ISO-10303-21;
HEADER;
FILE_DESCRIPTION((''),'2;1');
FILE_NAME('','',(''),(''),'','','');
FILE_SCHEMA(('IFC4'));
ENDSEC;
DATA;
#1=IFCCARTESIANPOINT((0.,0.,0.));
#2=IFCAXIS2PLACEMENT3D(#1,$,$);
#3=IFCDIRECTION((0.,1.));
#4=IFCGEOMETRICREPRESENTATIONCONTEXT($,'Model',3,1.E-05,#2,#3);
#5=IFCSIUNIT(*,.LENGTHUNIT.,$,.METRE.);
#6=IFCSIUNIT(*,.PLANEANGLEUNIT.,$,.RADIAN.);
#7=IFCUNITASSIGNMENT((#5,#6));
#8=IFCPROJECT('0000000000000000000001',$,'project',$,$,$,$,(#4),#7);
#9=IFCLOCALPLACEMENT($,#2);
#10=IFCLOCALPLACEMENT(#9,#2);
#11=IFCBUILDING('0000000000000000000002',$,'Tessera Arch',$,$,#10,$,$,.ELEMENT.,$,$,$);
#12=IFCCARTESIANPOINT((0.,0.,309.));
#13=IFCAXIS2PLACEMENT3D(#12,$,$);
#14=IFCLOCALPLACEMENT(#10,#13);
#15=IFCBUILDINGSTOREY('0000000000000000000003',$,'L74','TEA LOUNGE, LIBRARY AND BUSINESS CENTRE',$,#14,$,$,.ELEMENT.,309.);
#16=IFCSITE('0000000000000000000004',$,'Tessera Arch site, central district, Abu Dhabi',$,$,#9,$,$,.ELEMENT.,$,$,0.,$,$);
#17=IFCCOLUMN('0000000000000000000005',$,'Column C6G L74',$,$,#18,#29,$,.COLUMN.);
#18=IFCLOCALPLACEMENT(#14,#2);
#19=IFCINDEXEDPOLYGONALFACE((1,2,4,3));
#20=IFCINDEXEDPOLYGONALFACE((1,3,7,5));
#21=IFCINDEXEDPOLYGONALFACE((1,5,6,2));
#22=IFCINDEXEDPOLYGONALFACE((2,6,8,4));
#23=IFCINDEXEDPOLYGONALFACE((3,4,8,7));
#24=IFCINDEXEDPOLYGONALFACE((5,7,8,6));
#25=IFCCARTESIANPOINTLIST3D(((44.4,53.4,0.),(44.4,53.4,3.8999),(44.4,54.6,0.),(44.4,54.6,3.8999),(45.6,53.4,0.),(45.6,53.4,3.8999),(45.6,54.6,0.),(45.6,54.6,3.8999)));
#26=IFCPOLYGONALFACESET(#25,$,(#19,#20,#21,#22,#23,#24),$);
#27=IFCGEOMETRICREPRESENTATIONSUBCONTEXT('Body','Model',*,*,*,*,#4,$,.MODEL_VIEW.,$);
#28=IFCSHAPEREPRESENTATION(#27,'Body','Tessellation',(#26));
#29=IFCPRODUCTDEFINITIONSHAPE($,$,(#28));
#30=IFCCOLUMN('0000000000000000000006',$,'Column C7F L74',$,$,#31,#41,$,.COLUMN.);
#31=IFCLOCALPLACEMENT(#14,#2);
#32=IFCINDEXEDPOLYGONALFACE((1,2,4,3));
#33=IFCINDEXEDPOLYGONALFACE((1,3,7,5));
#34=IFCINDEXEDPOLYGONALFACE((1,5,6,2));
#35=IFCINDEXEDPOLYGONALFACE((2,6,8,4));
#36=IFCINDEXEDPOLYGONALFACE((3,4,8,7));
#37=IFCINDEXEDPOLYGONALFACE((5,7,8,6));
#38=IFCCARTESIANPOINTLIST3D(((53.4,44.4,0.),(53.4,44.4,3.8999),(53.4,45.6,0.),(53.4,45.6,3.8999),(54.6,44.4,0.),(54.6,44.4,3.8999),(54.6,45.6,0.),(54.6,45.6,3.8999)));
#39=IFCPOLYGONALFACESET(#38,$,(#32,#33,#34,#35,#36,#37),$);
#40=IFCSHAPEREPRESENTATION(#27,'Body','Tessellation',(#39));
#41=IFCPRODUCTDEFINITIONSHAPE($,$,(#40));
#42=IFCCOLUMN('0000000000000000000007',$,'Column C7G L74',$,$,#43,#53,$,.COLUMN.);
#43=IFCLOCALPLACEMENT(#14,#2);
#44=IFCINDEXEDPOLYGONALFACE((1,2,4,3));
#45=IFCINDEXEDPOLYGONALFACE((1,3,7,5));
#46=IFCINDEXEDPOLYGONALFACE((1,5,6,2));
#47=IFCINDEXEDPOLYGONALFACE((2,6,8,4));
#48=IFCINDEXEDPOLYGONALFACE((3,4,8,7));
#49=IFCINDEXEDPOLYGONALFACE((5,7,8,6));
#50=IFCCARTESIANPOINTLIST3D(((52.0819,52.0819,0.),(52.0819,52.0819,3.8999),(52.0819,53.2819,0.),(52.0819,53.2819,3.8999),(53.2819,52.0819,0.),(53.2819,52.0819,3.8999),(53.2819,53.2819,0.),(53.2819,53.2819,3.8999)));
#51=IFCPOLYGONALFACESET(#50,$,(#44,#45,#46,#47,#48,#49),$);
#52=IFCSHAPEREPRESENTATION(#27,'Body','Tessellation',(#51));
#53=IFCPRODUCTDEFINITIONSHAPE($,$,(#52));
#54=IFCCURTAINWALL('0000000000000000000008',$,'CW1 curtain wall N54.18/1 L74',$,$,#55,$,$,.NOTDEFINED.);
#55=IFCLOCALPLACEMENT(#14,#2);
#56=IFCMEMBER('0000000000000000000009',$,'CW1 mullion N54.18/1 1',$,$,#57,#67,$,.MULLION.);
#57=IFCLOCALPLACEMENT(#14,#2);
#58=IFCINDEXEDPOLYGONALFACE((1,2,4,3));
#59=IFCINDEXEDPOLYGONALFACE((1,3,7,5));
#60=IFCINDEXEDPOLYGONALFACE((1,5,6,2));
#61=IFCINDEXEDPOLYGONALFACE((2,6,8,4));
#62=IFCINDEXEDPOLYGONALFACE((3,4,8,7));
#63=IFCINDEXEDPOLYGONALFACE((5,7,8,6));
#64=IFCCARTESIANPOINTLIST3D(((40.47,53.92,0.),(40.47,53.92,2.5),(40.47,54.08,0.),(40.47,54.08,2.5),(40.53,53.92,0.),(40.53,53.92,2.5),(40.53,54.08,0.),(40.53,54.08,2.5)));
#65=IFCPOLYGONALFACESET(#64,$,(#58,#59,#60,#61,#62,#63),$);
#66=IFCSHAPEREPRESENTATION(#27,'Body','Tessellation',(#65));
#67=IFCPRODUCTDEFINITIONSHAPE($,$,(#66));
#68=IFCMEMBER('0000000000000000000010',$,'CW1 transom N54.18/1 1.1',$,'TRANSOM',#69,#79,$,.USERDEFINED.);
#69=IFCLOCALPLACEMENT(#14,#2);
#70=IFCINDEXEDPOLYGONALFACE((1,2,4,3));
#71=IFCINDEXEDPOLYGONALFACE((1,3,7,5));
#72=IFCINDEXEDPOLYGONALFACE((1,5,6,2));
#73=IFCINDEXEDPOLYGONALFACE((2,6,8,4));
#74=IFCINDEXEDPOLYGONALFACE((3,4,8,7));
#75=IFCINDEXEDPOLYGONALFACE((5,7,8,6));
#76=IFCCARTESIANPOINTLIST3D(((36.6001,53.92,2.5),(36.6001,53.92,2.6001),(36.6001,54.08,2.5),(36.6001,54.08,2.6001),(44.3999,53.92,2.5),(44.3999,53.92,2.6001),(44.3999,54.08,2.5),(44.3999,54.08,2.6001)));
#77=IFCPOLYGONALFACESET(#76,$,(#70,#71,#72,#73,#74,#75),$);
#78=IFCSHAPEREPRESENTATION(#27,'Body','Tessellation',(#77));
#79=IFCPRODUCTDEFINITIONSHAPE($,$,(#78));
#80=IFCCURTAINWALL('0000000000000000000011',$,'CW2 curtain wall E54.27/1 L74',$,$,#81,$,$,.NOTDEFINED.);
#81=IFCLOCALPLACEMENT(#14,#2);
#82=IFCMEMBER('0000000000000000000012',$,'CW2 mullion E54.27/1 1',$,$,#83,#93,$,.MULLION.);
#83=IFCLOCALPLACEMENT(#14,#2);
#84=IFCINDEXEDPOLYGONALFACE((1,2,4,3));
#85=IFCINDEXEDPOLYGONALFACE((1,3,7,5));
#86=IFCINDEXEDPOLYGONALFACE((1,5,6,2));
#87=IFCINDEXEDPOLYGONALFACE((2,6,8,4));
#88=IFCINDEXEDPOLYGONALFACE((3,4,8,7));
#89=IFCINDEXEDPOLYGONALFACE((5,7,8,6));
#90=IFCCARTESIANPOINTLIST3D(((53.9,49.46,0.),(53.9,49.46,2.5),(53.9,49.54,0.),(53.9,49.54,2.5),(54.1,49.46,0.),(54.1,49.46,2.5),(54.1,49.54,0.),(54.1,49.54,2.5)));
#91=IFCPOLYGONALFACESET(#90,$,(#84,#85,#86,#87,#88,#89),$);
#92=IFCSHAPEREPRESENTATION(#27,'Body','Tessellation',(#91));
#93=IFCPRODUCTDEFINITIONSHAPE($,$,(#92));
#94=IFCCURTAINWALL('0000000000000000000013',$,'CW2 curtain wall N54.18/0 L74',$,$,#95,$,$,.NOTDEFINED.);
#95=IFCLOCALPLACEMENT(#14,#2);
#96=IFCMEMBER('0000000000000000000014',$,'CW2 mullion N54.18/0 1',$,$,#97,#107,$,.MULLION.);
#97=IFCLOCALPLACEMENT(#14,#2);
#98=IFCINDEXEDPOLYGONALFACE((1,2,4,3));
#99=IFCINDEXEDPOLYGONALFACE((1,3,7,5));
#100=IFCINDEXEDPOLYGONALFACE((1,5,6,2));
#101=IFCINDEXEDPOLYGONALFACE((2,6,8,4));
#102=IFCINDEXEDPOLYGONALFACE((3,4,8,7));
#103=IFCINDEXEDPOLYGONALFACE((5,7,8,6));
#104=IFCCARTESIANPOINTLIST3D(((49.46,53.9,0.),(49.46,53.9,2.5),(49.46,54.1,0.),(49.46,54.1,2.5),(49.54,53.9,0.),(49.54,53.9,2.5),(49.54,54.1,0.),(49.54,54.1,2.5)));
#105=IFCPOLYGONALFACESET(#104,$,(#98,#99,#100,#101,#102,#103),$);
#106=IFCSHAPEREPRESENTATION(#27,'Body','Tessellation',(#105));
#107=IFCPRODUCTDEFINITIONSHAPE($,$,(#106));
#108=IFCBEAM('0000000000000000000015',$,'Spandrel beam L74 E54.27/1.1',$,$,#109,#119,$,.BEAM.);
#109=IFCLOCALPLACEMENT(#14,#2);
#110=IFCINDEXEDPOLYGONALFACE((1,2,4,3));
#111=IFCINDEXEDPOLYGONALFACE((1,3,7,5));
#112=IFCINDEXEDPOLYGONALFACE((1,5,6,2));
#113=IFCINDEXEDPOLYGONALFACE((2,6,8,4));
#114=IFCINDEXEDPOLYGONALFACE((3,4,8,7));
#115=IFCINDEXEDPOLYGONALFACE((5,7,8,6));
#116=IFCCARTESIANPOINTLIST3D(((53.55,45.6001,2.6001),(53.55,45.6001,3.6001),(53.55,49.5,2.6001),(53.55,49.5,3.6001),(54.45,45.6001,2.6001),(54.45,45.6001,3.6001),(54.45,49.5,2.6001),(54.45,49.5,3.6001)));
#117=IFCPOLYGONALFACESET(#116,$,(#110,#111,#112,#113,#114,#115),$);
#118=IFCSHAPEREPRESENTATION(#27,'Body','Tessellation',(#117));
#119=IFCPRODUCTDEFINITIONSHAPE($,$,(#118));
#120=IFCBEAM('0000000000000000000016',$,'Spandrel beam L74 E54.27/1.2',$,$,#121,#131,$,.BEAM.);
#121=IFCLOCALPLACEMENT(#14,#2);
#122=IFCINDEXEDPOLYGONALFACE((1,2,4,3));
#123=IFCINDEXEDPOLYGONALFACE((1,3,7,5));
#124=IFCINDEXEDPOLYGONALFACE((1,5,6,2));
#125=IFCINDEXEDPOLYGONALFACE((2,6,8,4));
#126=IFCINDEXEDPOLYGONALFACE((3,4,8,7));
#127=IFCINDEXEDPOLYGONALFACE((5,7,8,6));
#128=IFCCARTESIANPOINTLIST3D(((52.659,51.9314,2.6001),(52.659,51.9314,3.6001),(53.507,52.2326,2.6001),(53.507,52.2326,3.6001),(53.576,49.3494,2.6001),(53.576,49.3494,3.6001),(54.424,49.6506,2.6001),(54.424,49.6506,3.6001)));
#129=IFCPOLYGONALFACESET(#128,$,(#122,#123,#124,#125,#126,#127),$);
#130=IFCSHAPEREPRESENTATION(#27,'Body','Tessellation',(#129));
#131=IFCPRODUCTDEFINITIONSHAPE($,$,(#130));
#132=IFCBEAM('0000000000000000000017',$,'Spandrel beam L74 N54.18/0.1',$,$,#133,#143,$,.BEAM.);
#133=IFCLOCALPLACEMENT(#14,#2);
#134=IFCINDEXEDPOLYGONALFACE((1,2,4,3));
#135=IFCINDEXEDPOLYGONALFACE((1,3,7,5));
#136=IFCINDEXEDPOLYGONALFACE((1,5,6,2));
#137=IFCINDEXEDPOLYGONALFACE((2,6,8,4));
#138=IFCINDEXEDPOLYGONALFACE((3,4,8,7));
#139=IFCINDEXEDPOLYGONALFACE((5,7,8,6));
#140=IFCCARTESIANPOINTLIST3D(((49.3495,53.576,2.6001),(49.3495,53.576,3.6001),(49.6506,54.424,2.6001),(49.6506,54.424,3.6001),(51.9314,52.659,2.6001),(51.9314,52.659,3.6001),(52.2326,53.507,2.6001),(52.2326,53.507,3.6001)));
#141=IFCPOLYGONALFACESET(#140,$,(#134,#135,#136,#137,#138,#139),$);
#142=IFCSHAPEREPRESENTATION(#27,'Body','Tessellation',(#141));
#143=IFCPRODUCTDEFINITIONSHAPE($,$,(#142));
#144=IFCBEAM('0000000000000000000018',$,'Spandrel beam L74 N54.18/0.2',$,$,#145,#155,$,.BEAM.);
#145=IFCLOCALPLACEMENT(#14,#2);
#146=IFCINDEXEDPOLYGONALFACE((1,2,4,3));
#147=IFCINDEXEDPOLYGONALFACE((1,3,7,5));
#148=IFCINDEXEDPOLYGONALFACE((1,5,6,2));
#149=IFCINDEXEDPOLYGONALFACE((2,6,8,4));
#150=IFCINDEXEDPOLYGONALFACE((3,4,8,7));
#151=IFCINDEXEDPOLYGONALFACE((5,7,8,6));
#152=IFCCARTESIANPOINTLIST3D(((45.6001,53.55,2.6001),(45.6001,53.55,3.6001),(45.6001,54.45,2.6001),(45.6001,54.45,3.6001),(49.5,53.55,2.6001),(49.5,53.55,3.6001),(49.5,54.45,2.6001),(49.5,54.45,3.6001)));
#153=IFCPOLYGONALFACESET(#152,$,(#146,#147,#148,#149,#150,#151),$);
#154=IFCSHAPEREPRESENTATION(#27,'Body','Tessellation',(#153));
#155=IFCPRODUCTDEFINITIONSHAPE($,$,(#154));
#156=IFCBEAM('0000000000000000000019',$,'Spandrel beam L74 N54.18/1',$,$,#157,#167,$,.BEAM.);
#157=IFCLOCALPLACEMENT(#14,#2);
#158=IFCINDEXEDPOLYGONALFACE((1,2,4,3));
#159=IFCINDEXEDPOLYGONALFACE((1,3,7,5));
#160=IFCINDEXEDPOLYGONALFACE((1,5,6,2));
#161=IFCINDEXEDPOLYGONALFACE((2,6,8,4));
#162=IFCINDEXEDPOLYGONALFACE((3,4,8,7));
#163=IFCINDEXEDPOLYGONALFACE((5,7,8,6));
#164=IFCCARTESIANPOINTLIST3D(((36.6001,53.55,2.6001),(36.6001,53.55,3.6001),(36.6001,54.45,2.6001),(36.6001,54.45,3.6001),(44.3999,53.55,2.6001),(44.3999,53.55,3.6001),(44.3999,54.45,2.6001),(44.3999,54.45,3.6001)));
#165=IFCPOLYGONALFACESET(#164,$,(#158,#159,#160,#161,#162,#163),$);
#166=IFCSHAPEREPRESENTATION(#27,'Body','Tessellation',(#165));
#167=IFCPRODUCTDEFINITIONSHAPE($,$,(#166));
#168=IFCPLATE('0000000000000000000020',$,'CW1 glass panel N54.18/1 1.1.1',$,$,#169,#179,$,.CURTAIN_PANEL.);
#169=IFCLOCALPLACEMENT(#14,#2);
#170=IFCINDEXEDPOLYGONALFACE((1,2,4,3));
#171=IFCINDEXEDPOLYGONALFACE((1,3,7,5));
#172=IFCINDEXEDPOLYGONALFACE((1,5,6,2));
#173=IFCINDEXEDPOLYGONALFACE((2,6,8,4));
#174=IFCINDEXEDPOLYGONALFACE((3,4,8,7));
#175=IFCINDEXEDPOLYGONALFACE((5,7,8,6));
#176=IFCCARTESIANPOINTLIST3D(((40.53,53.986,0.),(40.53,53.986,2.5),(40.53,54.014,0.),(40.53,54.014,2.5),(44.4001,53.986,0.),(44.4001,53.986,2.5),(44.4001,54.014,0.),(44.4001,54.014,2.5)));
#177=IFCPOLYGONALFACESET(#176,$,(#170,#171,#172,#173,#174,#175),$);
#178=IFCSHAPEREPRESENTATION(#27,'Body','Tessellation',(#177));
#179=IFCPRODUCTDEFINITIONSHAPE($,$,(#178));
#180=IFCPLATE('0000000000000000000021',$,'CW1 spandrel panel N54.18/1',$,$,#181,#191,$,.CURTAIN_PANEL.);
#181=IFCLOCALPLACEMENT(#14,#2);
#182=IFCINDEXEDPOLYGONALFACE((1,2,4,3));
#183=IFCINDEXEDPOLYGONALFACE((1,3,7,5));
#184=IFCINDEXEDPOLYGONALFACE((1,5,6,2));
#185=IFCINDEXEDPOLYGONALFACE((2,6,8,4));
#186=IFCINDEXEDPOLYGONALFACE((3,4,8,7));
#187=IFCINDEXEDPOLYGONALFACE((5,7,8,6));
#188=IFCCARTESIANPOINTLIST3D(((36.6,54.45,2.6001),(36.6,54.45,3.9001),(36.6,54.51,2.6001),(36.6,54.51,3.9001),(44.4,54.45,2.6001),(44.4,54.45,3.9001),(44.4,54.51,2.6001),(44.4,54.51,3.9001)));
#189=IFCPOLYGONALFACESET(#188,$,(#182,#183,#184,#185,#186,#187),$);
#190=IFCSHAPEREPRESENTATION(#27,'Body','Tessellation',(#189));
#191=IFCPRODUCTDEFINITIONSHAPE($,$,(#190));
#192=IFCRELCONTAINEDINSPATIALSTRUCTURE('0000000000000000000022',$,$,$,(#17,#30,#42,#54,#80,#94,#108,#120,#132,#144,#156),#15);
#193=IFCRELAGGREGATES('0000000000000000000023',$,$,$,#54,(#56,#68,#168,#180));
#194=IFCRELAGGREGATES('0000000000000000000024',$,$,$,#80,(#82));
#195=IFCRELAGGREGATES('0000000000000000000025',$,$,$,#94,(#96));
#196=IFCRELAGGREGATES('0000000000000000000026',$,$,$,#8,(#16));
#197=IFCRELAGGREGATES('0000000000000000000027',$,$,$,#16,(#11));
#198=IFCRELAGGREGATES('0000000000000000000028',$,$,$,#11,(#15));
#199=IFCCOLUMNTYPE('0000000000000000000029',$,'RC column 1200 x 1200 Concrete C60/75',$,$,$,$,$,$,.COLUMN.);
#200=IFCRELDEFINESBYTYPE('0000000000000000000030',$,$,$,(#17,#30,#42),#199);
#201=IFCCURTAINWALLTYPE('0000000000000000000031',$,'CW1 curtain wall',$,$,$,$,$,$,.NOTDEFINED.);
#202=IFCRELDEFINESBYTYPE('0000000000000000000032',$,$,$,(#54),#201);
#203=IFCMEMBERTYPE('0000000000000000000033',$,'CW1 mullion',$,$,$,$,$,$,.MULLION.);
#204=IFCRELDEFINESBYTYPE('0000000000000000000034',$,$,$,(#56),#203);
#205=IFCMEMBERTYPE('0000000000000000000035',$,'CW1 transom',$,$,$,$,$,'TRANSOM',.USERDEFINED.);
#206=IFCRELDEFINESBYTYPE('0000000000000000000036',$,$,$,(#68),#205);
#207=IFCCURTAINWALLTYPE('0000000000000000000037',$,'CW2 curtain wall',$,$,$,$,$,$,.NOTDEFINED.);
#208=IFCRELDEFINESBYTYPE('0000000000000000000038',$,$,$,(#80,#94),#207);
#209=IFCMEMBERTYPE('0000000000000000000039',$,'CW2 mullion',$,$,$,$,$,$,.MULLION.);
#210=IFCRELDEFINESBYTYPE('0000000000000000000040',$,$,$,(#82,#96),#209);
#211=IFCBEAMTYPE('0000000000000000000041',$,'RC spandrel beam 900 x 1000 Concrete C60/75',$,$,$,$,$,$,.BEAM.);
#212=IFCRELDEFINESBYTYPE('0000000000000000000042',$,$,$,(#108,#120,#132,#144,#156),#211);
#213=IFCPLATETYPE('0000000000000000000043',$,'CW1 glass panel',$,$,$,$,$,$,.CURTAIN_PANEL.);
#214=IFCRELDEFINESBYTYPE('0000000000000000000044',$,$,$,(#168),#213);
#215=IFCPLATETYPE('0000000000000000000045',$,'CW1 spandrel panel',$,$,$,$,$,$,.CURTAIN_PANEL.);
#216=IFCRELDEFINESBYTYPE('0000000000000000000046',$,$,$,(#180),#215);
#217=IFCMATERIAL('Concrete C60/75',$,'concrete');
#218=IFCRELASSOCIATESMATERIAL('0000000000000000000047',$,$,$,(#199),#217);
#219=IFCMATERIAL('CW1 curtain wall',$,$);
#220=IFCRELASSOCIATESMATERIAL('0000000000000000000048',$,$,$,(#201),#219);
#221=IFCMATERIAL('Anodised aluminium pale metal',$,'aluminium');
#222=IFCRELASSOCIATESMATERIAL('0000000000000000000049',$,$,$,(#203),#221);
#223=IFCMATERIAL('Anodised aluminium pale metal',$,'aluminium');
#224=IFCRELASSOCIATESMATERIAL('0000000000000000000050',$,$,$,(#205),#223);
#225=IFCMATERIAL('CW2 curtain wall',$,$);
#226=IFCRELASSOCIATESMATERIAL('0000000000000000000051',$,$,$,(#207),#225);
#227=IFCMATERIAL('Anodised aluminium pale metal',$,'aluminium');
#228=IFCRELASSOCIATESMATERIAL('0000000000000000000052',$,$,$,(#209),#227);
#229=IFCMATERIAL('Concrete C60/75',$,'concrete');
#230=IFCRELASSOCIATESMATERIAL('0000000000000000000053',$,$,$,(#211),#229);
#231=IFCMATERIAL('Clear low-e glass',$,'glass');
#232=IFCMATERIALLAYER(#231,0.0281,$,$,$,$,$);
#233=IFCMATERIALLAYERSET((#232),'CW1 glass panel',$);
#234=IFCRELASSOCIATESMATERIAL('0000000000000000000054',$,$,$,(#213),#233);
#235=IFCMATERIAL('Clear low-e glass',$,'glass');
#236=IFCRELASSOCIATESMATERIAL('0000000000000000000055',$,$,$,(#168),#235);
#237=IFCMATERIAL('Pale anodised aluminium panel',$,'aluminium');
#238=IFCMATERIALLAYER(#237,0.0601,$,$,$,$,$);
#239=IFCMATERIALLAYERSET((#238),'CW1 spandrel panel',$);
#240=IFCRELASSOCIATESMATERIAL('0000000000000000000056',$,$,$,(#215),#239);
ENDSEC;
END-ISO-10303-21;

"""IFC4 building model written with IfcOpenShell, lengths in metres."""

from ifc_helpers import new_model, si_unit, direction, frame, origin, origin_2d, place, context, subcontext, project, spatial, rectangle, extrude, material, layer, layer_set, material_profile, profile_set, type_object, element, aggregate, save


model = new_model("IFC4")

# Units and contexts
model_context = context("Model", 3, precision=1e-05, world=origin(), true_north=direction((0.0, 1.0)))
body_context = subcontext(model_context, "Body", "Model", "MODEL_VIEW")
ifc_project = project(units=[si_unit("LENGTHUNIT", "METRE"), si_unit("PLANEANGLEUNIT", "RADIAN")], contexts=[model_context])

# Site, building, storey
site_placement = place(None, origin())
site = spatial("IfcSite", under=ifc_project, at=site_placement, Name="Tessera Arch site, central district, Abu Dhabi", CompositionType="ELEMENT", RefElevation=0.0)
building_placement = place(site_placement, origin())
building = spatial("IfcBuilding", under=site, at=building_placement, Name="Tessera Arch", CompositionType="ELEMENT")
storey_placement = place(building_placement, frame((0.0, 0.0, 309.0)))
storey = spatial("IfcBuildingStorey", under=building, at=storey_placement, Name="L74", Description="TEA LOUNGE, LIBRARY AND BUSINESS CENTRE", CompositionType="ELEMENT", Elevation=309.0)

# Columns
ifc_material_1 = material(Name="Concrete C60/75", Category="concrete")
ifc_material_profile_1 = material_profile(ifc_material_1, rectangle(XDim=1.2, YDim=1.2, at=origin_2d()), Name="RC column 1200 x 1200 Concrete C60/75")
ifc_profile_set_1 = profile_set([ifc_material_profile_1], Name="Concrete C60/75")
column_type = type_object("IfcColumnType", Name="RC column 1200 x 1200 Concrete C60/75", PredefinedType="COLUMN", material=ifc_profile_set_1)
for number, where, z_axis, x_axis, name in (
    (1, (45.0, 54.0, 0.0), (0.0, 0.0, 1.0), (1.0, 0.0, 0.0), "Column C6G L74"),
    (2, (54.0, 45.0, 0.0), (0.0, 0.0, 1.0), (1.0, 0.0, 0.0), "Column C7F L74"),
    (3, (52.6819, 52.6819, 0.0), (0.0, 0.0, 1.0), (1.0, 0.0, 0.0), "Column C7G L74"),
):
    element("IfcColumn", number, at=place(storey_placement, frame(where, z_axis=z_axis, x_axis=x_axis)), inside=storey, type_object=column_type, Name=name, PredefinedType="COLUMN", context=body_context, shape_type="SweptSolid", body=[
        extrude(rectangle(XDim=1.2, YDim=1.2, at=origin_2d()), origin(), (0.0, 0.0, 1.0), 3.8999),
    ])

# Curtain wall, members
ifc_material_2 = material(Name="CW1 curtain wall")
curtain_wall_type_1 = type_object("IfcCurtainWallType", Name="CW1 curtain wall", PredefinedType="NOTDEFINED", material=ifc_material_2)
curtain_wall_1_placement = place(storey_placement, origin())
curtain_wall_1 = element("IfcCurtainWall", 4, at=curtain_wall_1_placement, inside=storey, type_object=curtain_wall_type_1, Name="CW1 curtain wall N54.18/1 L74", PredefinedType="NOTDEFINED")
ifc_material_3 = material(Name="Anodised aluminium pale metal", Category="aluminium")
ifc_material_profile_2 = material_profile(ifc_material_3, rectangle(XDim=0.1599, YDim=0.0601, at=origin_2d()), Name="AL 60x160")
ifc_profile_set_2 = profile_set([ifc_material_profile_2], Name="Anodised aluminium pale metal")
member_type_1 = type_object("IfcMemberType", Name="CW1 mullion", PredefinedType="MULLION", material=ifc_profile_set_2)
member_1_placement = place(storey_placement, frame((40.5, 54.0, 0.0), z_axis=(0.0, 0.0, 1.0), x_axis=(0.0, -1.0, 0.0)))
member_1 = element("IfcMember", 5, at=member_1_placement, type_object=member_type_1, Name="CW1 mullion N54.18/1 1", PredefinedType="MULLION", context=body_context, shape_type="SweptSolid", body=[
    extrude(rectangle(XDim=0.1599, YDim=0.0601, at=origin_2d()), origin(), (0.0, 0.0, 1.0), 2.5),
])
ifc_material_4 = material(Name="Anodised aluminium pale metal", Category="aluminium")
ifc_material_profile_3 = material_profile(ifc_material_4, rectangle(XDim=0.1599, YDim=0.1001, at=origin_2d()), Name="AL 160x100")
ifc_profile_set_3 = profile_set([ifc_material_profile_3], Name="Anodised aluminium pale metal")
member_type_2 = type_object("IfcMemberType", Name="CW1 transom", ElementType="TRANSOM", PredefinedType="USERDEFINED", material=ifc_profile_set_3)
member_2_placement = place(storey_placement, frame((44.3999, 54.0, 2.55), z_axis=(-1.0, 0.0, 0.0), x_axis=(0.0, -1.0, 0.0)))
member_2 = element("IfcMember", 6, at=member_2_placement, type_object=member_type_2, Name="CW1 transom N54.18/1 1.1", ObjectType="TRANSOM", PredefinedType="USERDEFINED", context=body_context, shape_type="SweptSolid", body=[
    extrude(rectangle(XDim=0.1599, YDim=0.1001, at=origin_2d()), origin(), (0.0, 0.0, 1.0), 7.7998),
])

# Curtain walls, members
ifc_material_5 = material(Name="CW2 curtain wall")
curtain_wall_type_2 = type_object("IfcCurtainWallType", Name="CW2 curtain wall", PredefinedType="NOTDEFINED", material=ifc_material_5)
curtain_wall_2_placement = place(storey_placement, origin())
curtain_wall_2 = element("IfcCurtainWall", 7, at=curtain_wall_2_placement, inside=storey, type_object=curtain_wall_type_2, Name="CW2 curtain wall E54.27/1 L74", PredefinedType="NOTDEFINED")
ifc_material_6 = material(Name="Anodised aluminium pale metal", Category="aluminium")
ifc_material_profile_4 = material_profile(ifc_material_6, rectangle(XDim=0.2, YDim=0.0801, at=origin_2d()), Name="AL 80x200")
ifc_profile_set_4 = profile_set([ifc_material_profile_4], Name="Anodised aluminium pale metal")
member_type_3 = type_object("IfcMemberType", Name="CW2 mullion", PredefinedType="MULLION", material=ifc_profile_set_4)
member_3_placement = place(storey_placement, frame((54.0, 49.5, 0.0), z_axis=(0.0, 0.0, 1.0), x_axis=(-1.0, 0.0, 0.0)))
member_3 = element("IfcMember", 8, at=member_3_placement, type_object=member_type_3, Name="CW2 mullion E54.27/1 1", PredefinedType="MULLION", context=body_context, shape_type="SweptSolid", body=[
    extrude(rectangle(XDim=0.2, YDim=0.0801, at=origin_2d()), origin(), (0.0, 0.0, 1.0), 2.5),
])
curtain_wall_3_placement = place(storey_placement, origin())
curtain_wall_3 = element("IfcCurtainWall", 9, at=curtain_wall_3_placement, inside=storey, type_object=curtain_wall_type_2, Name="CW2 curtain wall N54.18/0 L74", PredefinedType="NOTDEFINED")
member_4_placement = place(storey_placement, frame((49.5, 54.0, 0.0), z_axis=(0.0, 0.0, 1.0), x_axis=(0.0, -1.0, 0.0)))
member_4 = element("IfcMember", 10, at=member_4_placement, type_object=member_type_3, Name="CW2 mullion N54.18/0 1", PredefinedType="MULLION", context=body_context, shape_type="SweptSolid", body=[
    extrude(rectangle(XDim=0.2, YDim=0.0801, at=origin_2d()), origin(), (0.0, 0.0, 1.0), 2.5),
])

# Beams
ifc_material_7 = material(Name="Concrete C60/75", Category="concrete")
ifc_material_profile_5 = material_profile(ifc_material_7, rectangle(XDim=0.8999, YDim=1.0, at=origin_2d()), Name="RC spandrel beam 900 x 1000 Concrete C60/75")
ifc_profile_set_5 = profile_set([ifc_material_profile_5], Name="Concrete C60/75")
beam_type = type_object("IfcBeamType", Name="RC spandrel beam 900 x 1000 Concrete C60/75", PredefinedType="BEAM", material=ifc_profile_set_5)
beam_1_placement = place(storey_placement, frame((54.0, 45.6001, 3.1001), z_axis=(0.0, 1.0, 0.0), x_axis=(-1.0, 0.0, 0.0)))
element("IfcBeam", 11, at=beam_1_placement, inside=storey, type_object=beam_type, Name="Spandrel beam L74 E54.27/1.1", PredefinedType="BEAM", context=body_context, shape_type="SweptSolid", body=[
    extrude(rectangle(XDim=0.8999, YDim=1.0, at=origin_2d()), origin(), (0.0, 0.0, 1.0), 3.8999),
])
for number, where, z_axis, x_axis, name in (
    (12, (54.0, 49.5, 3.1001), (-0.334665, 0.942337, 0.0), (-0.942337, -0.334665, 0.0), "Spandrel beam L74 E54.27/1.2"),
    (13, (52.082, 53.083, 3.1001), (-0.942337, 0.334665, 0.0), (-0.334665, -0.942337, 0.0), "Spandrel beam L74 N54.18/0.1"),
):
    element("IfcBeam", number, at=place(storey_placement, frame(where, z_axis=z_axis, x_axis=x_axis)), inside=storey, type_object=beam_type, Name=name, PredefinedType="BEAM", context=body_context, shape_type="SweptSolid", body=[
        extrude(rectangle(XDim=0.8999, YDim=1.0, at=origin_2d()), origin(), (0.0, 0.0, 1.0), 2.74),
    ])
beam_2_placement = place(storey_placement, frame((49.5, 54.0, 3.1001), z_axis=(-1.0, 0.0, 0.0), x_axis=(0.0, -1.0, 0.0)))
element("IfcBeam", 14, at=beam_2_placement, inside=storey, type_object=beam_type, Name="Spandrel beam L74 N54.18/0.2", PredefinedType="BEAM", context=body_context, shape_type="SweptSolid", body=[
    extrude(rectangle(XDim=0.8999, YDim=1.0, at=origin_2d()), origin(), (0.0, 0.0, 1.0), 3.8999),
])
beam_3_placement = place(storey_placement, frame((44.3999, 54.0, 3.1001), z_axis=(-1.0, 0.0, 0.0), x_axis=(0.0, -1.0, 0.0)))
element("IfcBeam", 15, at=beam_3_placement, inside=storey, type_object=beam_type, Name="Spandrel beam L74 N54.18/1", PredefinedType="BEAM", context=body_context, shape_type="SweptSolid", body=[
    extrude(rectangle(XDim=0.8999, YDim=1.0, at=origin_2d()), origin(), (0.0, 0.0, 1.0), 7.7998),
])

# Plates
ifc_material_8 = material(Name="Clear low-e glass", Category="glass")
ifc_material_9 = material(Name="Clear low-e glass", Category="glass")
ifc_layer_1 = layer(ifc_material_9, 0.0281)
ifc_layer_set_1 = layer_set([ifc_layer_1], Name="CW1 glass panel")
plate_type_1 = type_object("IfcPlateType", Name="CW1 glass panel", PredefinedType="CURTAIN_PANEL", material=ifc_layer_set_1)
plate_1_placement = place(storey_placement, frame((42.4651, 54.0, 0.0), z_axis=(0.0, 0.0, 1.0), x_axis=(-1.0, 0.0, 0.0)))
plate_1 = element("IfcPlate", 16, at=plate_1_placement, type_object=plate_type_1, material=ifc_material_8, Name="CW1 glass panel N54.18/1 1.1.1", PredefinedType="CURTAIN_PANEL", context=body_context, shape_type="SweptSolid", body=[
    extrude(rectangle(XDim=3.8701, YDim=0.0281, at=origin_2d()), origin(), (0.0, 0.0, 1.0), 2.5),
])
ifc_material_10 = material(Name="Pale anodised aluminium panel", Category="aluminium")
ifc_layer_2 = layer(ifc_material_10, 0.0601)
ifc_layer_set_2 = layer_set([ifc_layer_2], Name="CW1 spandrel panel")
plate_type_2 = type_object("IfcPlateType", Name="CW1 spandrel panel", PredefinedType="CURTAIN_PANEL", material=ifc_layer_set_2)
plate_2_placement = place(storey_placement, frame((40.5, 54.48, 2.6001), z_axis=(0.0, 0.0, 1.0), x_axis=(-1.0, 0.0, 0.0)))
plate_2 = element("IfcPlate", 17, at=plate_2_placement, type_object=plate_type_2, Name="CW1 spandrel panel N54.18/1", PredefinedType="CURTAIN_PANEL", context=body_context, shape_type="SweptSolid", body=[
    extrude(rectangle(XDim=7.8, YDim=0.0601, at=origin_2d()), origin(), (0.0, 0.0, 1.0), 1.3),
])
aggregate(curtain_wall_1, [member_1, member_2, plate_1, plate_2])
aggregate(curtain_wall_2, [member_3])
aggregate(curtain_wall_3, [member_4])

save(model, "model.ifc")
